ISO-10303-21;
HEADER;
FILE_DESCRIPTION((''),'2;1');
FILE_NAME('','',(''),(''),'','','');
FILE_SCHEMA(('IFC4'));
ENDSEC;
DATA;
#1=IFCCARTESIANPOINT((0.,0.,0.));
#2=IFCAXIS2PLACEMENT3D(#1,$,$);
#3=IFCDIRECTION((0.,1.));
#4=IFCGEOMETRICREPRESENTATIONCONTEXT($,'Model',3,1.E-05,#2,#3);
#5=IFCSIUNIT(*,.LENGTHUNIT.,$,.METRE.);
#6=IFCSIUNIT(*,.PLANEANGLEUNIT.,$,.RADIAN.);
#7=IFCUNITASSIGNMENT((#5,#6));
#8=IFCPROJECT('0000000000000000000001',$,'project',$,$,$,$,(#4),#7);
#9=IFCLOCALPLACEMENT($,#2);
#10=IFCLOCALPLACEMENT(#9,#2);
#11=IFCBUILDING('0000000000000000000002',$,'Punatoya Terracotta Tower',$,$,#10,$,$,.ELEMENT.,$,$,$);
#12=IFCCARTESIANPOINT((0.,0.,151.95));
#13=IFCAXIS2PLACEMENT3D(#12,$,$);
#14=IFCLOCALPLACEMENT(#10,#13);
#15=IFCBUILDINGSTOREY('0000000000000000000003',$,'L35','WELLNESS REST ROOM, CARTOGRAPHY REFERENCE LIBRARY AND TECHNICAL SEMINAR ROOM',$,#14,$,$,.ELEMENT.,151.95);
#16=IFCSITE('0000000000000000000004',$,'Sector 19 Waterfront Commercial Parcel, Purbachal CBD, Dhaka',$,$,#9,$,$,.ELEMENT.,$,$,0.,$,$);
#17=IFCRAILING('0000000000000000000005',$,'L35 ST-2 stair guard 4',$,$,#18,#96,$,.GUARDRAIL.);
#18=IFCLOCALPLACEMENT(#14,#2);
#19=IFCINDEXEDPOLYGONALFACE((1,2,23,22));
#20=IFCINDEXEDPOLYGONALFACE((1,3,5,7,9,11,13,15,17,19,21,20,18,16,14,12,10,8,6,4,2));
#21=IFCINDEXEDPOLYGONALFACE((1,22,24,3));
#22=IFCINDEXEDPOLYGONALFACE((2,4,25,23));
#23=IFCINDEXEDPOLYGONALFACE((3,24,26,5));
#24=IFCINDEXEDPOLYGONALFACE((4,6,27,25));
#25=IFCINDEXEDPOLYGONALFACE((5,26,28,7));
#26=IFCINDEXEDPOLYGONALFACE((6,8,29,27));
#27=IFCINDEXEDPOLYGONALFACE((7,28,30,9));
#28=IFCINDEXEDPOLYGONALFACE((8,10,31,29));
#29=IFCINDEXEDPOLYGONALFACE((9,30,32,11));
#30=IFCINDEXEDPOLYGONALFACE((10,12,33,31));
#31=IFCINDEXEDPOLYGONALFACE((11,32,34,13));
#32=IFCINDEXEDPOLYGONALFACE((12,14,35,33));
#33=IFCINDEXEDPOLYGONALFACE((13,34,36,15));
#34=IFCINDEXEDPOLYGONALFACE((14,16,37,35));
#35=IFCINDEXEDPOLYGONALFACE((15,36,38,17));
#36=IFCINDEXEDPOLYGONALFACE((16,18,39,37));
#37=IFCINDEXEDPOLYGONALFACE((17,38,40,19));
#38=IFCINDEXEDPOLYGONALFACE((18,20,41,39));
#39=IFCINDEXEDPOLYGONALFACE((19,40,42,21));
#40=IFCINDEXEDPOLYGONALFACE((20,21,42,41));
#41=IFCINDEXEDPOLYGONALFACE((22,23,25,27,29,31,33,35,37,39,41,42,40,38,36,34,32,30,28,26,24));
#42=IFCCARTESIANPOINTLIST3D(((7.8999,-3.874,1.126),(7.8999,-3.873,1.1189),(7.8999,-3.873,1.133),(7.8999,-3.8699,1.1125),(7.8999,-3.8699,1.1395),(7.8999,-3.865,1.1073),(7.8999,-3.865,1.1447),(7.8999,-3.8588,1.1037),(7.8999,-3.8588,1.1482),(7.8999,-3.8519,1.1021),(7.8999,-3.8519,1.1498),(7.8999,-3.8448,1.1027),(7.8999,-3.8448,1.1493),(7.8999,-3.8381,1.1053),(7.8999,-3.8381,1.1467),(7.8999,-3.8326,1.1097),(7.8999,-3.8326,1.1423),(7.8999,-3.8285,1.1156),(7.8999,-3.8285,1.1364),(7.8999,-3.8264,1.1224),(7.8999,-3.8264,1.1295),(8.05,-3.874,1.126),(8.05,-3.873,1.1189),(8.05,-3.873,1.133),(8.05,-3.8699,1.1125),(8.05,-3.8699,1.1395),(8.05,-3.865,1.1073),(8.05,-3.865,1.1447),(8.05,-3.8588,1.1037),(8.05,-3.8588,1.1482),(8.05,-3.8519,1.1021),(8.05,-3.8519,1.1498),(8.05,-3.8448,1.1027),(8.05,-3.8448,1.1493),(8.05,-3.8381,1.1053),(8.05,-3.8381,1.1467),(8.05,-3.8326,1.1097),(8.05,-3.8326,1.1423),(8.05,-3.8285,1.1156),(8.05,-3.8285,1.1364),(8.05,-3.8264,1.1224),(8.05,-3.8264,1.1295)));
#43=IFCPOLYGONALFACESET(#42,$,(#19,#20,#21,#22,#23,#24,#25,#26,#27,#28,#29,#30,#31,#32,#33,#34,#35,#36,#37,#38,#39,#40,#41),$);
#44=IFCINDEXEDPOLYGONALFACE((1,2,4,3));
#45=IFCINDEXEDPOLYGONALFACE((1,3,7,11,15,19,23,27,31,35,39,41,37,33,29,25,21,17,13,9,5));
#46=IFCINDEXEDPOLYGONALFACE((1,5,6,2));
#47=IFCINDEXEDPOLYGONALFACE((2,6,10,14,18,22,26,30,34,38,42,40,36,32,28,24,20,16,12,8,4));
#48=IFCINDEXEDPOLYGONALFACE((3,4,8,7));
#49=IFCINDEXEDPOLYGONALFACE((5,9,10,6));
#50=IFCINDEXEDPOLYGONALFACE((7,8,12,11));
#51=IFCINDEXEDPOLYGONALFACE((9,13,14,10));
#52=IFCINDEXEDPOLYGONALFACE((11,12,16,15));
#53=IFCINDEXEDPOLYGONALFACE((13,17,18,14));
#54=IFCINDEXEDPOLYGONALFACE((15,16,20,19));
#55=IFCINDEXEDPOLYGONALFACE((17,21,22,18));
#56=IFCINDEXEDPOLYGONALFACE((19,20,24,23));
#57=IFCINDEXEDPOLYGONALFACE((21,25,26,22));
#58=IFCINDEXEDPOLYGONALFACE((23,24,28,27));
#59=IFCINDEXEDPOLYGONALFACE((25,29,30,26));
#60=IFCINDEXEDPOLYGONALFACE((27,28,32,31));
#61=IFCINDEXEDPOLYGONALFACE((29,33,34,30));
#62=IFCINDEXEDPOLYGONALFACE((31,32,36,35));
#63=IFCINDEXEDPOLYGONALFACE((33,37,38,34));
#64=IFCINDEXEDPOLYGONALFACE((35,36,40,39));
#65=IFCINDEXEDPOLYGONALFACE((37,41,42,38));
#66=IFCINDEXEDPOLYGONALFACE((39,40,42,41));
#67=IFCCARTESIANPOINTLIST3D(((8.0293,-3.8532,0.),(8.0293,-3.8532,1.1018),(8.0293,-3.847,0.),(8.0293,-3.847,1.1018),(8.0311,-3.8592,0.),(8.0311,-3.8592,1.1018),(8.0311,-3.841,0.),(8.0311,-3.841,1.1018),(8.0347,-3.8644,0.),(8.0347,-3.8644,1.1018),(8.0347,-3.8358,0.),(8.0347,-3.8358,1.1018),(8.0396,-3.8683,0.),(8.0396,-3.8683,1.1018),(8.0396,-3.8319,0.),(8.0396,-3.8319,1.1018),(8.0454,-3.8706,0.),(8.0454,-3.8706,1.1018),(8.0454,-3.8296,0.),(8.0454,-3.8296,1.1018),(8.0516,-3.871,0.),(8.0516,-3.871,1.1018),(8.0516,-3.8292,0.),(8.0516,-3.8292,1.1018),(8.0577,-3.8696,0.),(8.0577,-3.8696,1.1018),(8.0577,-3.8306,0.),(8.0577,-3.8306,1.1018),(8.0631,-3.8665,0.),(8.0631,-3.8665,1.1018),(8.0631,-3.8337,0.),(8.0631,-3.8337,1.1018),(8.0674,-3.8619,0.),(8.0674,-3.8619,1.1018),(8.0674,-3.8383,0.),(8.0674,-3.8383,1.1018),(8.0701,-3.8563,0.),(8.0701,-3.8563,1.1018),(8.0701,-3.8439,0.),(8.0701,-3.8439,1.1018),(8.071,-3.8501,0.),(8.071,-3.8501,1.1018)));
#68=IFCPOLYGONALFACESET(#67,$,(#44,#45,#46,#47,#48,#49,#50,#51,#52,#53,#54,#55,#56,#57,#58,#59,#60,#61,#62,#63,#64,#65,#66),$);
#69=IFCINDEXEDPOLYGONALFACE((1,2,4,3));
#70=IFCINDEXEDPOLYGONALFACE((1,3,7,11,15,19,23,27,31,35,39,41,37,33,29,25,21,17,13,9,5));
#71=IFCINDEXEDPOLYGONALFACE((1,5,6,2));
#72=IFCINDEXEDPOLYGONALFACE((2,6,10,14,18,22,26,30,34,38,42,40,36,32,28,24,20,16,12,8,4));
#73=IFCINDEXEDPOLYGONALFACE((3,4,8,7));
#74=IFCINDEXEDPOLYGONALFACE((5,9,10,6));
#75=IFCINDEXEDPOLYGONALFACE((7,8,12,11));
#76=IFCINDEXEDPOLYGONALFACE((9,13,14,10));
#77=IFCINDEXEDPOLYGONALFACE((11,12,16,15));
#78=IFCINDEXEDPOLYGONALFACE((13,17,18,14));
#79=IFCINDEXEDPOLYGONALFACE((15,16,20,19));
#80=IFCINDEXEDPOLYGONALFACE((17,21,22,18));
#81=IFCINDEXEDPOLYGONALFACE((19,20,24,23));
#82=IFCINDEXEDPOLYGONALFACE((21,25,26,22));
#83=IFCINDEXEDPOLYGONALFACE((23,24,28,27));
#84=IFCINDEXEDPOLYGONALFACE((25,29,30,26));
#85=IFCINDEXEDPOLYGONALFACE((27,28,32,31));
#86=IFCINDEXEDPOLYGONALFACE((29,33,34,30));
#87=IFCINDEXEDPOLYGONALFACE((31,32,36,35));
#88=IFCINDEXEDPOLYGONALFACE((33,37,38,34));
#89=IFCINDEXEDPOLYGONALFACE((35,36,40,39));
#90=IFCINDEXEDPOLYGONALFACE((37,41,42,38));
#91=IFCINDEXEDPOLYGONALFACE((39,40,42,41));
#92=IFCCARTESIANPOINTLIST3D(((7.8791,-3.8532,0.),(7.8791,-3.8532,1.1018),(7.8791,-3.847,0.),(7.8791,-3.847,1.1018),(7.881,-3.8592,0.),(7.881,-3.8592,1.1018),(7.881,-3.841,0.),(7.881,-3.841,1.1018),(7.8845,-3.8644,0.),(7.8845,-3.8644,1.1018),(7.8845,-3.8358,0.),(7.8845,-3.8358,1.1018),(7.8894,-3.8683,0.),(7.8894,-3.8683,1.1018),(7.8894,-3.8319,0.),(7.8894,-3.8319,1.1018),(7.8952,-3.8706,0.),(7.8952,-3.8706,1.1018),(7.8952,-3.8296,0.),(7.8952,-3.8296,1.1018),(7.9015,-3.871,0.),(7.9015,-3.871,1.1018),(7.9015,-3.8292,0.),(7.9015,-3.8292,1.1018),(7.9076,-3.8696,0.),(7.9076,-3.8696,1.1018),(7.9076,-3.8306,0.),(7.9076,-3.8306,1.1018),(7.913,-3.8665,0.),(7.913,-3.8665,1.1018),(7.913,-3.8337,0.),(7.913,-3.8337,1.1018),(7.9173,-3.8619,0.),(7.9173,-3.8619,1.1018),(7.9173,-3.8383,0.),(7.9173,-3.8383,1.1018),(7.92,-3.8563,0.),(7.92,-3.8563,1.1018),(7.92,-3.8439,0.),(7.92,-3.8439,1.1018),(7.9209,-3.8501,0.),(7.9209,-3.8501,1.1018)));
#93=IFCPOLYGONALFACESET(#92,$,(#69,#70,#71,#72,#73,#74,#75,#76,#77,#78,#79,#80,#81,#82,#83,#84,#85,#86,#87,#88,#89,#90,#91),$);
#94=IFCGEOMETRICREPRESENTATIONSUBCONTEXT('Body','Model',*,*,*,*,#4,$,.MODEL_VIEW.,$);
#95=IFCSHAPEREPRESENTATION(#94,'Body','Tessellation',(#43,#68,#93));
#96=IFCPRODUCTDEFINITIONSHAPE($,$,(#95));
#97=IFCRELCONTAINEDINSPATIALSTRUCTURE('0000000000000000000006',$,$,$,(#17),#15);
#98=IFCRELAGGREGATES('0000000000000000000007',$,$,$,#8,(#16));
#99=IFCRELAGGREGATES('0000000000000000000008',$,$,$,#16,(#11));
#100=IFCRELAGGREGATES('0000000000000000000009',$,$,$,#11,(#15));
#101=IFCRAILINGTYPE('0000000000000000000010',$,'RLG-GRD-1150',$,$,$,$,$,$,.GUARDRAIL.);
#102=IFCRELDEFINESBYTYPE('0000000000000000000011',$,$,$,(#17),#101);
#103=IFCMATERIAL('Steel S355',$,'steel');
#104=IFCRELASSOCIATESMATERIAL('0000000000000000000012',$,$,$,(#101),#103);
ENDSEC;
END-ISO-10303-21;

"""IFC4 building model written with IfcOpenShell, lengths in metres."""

from ifc_helpers import new_model, si_unit, direction, frame, origin, origin_2d, place, context, subcontext, project, spatial, circle, extrude, material, type_object, element, save


model = new_model("IFC4")

# Units and contexts
model_context = context("Model", 3, precision=1e-05, world=origin(), true_north=direction((0.0, 1.0)))
body_context = subcontext(model_context, "Body", "Model", "MODEL_VIEW")
ifc_project = project(units=[si_unit("LENGTHUNIT", "METRE"), si_unit("PLANEANGLEUNIT", "RADIAN")], contexts=[model_context])

# Site, building, storey
site_placement = place(None, origin())
site = spatial("IfcSite", under=ifc_project, at=site_placement, Name="Sector 19 Waterfront Commercial Parcel, Purbachal CBD, Dhaka", CompositionType="ELEMENT", RefElevation=0.0)
building_placement = place(site_placement, origin())
building = spatial("IfcBuilding", under=site, at=building_placement, Name="Punatoya Terracotta Tower", CompositionType="ELEMENT")
storey_placement = place(building_placement, frame((0.0, 0.0, 151.95)))
storey = spatial("IfcBuildingStorey", under=building, at=storey_placement, Name="L35", Description="WELLNESS REST ROOM, CARTOGRAPHY REFERENCE LIBRARY AND TECHNICAL SEMINAR ROOM", CompositionType="ELEMENT", Elevation=151.95)

# Shared definitions
ifc_material_1 = material(Name="Steel S355", Category="steel")

# Railing
railing_type_1 = type_object("IfcRailingType", Name="RLG-GRD-1150", PredefinedType="GUARDRAIL", material=ifc_material_1)
railing_1_placement = place(storey_placement, frame((8.05, -3.8501, 0.0)))
element("IfcRailing", 1, at=railing_1_placement, inside=storey, type_object=railing_type_1, Name="L35 ST-2 stair guard 4", PredefinedType="GUARDRAIL", context=body_context, shape_type="SweptSolid", body=[
    extrude(circle(Radius=0.0239, at=origin_2d()), frame((0.0, 0.0, 1.126), z_axis=(-1.0, 0.0, 0.0), x_axis=(0.0, -1.0, 0.0)), (0.0, 0.0, 1.0), 0.1501),
    extrude(circle(Radius=0.021, at=origin_2d()), origin(), (0.0, 0.0, 1.0), 1.1018),
    extrude(circle(Radius=0.021, at=origin_2d()), frame((-0.1501, 0.0, 0.0)), (0.0, 0.0, 1.0), 1.1018),
])

save(model, "model.ifc")
